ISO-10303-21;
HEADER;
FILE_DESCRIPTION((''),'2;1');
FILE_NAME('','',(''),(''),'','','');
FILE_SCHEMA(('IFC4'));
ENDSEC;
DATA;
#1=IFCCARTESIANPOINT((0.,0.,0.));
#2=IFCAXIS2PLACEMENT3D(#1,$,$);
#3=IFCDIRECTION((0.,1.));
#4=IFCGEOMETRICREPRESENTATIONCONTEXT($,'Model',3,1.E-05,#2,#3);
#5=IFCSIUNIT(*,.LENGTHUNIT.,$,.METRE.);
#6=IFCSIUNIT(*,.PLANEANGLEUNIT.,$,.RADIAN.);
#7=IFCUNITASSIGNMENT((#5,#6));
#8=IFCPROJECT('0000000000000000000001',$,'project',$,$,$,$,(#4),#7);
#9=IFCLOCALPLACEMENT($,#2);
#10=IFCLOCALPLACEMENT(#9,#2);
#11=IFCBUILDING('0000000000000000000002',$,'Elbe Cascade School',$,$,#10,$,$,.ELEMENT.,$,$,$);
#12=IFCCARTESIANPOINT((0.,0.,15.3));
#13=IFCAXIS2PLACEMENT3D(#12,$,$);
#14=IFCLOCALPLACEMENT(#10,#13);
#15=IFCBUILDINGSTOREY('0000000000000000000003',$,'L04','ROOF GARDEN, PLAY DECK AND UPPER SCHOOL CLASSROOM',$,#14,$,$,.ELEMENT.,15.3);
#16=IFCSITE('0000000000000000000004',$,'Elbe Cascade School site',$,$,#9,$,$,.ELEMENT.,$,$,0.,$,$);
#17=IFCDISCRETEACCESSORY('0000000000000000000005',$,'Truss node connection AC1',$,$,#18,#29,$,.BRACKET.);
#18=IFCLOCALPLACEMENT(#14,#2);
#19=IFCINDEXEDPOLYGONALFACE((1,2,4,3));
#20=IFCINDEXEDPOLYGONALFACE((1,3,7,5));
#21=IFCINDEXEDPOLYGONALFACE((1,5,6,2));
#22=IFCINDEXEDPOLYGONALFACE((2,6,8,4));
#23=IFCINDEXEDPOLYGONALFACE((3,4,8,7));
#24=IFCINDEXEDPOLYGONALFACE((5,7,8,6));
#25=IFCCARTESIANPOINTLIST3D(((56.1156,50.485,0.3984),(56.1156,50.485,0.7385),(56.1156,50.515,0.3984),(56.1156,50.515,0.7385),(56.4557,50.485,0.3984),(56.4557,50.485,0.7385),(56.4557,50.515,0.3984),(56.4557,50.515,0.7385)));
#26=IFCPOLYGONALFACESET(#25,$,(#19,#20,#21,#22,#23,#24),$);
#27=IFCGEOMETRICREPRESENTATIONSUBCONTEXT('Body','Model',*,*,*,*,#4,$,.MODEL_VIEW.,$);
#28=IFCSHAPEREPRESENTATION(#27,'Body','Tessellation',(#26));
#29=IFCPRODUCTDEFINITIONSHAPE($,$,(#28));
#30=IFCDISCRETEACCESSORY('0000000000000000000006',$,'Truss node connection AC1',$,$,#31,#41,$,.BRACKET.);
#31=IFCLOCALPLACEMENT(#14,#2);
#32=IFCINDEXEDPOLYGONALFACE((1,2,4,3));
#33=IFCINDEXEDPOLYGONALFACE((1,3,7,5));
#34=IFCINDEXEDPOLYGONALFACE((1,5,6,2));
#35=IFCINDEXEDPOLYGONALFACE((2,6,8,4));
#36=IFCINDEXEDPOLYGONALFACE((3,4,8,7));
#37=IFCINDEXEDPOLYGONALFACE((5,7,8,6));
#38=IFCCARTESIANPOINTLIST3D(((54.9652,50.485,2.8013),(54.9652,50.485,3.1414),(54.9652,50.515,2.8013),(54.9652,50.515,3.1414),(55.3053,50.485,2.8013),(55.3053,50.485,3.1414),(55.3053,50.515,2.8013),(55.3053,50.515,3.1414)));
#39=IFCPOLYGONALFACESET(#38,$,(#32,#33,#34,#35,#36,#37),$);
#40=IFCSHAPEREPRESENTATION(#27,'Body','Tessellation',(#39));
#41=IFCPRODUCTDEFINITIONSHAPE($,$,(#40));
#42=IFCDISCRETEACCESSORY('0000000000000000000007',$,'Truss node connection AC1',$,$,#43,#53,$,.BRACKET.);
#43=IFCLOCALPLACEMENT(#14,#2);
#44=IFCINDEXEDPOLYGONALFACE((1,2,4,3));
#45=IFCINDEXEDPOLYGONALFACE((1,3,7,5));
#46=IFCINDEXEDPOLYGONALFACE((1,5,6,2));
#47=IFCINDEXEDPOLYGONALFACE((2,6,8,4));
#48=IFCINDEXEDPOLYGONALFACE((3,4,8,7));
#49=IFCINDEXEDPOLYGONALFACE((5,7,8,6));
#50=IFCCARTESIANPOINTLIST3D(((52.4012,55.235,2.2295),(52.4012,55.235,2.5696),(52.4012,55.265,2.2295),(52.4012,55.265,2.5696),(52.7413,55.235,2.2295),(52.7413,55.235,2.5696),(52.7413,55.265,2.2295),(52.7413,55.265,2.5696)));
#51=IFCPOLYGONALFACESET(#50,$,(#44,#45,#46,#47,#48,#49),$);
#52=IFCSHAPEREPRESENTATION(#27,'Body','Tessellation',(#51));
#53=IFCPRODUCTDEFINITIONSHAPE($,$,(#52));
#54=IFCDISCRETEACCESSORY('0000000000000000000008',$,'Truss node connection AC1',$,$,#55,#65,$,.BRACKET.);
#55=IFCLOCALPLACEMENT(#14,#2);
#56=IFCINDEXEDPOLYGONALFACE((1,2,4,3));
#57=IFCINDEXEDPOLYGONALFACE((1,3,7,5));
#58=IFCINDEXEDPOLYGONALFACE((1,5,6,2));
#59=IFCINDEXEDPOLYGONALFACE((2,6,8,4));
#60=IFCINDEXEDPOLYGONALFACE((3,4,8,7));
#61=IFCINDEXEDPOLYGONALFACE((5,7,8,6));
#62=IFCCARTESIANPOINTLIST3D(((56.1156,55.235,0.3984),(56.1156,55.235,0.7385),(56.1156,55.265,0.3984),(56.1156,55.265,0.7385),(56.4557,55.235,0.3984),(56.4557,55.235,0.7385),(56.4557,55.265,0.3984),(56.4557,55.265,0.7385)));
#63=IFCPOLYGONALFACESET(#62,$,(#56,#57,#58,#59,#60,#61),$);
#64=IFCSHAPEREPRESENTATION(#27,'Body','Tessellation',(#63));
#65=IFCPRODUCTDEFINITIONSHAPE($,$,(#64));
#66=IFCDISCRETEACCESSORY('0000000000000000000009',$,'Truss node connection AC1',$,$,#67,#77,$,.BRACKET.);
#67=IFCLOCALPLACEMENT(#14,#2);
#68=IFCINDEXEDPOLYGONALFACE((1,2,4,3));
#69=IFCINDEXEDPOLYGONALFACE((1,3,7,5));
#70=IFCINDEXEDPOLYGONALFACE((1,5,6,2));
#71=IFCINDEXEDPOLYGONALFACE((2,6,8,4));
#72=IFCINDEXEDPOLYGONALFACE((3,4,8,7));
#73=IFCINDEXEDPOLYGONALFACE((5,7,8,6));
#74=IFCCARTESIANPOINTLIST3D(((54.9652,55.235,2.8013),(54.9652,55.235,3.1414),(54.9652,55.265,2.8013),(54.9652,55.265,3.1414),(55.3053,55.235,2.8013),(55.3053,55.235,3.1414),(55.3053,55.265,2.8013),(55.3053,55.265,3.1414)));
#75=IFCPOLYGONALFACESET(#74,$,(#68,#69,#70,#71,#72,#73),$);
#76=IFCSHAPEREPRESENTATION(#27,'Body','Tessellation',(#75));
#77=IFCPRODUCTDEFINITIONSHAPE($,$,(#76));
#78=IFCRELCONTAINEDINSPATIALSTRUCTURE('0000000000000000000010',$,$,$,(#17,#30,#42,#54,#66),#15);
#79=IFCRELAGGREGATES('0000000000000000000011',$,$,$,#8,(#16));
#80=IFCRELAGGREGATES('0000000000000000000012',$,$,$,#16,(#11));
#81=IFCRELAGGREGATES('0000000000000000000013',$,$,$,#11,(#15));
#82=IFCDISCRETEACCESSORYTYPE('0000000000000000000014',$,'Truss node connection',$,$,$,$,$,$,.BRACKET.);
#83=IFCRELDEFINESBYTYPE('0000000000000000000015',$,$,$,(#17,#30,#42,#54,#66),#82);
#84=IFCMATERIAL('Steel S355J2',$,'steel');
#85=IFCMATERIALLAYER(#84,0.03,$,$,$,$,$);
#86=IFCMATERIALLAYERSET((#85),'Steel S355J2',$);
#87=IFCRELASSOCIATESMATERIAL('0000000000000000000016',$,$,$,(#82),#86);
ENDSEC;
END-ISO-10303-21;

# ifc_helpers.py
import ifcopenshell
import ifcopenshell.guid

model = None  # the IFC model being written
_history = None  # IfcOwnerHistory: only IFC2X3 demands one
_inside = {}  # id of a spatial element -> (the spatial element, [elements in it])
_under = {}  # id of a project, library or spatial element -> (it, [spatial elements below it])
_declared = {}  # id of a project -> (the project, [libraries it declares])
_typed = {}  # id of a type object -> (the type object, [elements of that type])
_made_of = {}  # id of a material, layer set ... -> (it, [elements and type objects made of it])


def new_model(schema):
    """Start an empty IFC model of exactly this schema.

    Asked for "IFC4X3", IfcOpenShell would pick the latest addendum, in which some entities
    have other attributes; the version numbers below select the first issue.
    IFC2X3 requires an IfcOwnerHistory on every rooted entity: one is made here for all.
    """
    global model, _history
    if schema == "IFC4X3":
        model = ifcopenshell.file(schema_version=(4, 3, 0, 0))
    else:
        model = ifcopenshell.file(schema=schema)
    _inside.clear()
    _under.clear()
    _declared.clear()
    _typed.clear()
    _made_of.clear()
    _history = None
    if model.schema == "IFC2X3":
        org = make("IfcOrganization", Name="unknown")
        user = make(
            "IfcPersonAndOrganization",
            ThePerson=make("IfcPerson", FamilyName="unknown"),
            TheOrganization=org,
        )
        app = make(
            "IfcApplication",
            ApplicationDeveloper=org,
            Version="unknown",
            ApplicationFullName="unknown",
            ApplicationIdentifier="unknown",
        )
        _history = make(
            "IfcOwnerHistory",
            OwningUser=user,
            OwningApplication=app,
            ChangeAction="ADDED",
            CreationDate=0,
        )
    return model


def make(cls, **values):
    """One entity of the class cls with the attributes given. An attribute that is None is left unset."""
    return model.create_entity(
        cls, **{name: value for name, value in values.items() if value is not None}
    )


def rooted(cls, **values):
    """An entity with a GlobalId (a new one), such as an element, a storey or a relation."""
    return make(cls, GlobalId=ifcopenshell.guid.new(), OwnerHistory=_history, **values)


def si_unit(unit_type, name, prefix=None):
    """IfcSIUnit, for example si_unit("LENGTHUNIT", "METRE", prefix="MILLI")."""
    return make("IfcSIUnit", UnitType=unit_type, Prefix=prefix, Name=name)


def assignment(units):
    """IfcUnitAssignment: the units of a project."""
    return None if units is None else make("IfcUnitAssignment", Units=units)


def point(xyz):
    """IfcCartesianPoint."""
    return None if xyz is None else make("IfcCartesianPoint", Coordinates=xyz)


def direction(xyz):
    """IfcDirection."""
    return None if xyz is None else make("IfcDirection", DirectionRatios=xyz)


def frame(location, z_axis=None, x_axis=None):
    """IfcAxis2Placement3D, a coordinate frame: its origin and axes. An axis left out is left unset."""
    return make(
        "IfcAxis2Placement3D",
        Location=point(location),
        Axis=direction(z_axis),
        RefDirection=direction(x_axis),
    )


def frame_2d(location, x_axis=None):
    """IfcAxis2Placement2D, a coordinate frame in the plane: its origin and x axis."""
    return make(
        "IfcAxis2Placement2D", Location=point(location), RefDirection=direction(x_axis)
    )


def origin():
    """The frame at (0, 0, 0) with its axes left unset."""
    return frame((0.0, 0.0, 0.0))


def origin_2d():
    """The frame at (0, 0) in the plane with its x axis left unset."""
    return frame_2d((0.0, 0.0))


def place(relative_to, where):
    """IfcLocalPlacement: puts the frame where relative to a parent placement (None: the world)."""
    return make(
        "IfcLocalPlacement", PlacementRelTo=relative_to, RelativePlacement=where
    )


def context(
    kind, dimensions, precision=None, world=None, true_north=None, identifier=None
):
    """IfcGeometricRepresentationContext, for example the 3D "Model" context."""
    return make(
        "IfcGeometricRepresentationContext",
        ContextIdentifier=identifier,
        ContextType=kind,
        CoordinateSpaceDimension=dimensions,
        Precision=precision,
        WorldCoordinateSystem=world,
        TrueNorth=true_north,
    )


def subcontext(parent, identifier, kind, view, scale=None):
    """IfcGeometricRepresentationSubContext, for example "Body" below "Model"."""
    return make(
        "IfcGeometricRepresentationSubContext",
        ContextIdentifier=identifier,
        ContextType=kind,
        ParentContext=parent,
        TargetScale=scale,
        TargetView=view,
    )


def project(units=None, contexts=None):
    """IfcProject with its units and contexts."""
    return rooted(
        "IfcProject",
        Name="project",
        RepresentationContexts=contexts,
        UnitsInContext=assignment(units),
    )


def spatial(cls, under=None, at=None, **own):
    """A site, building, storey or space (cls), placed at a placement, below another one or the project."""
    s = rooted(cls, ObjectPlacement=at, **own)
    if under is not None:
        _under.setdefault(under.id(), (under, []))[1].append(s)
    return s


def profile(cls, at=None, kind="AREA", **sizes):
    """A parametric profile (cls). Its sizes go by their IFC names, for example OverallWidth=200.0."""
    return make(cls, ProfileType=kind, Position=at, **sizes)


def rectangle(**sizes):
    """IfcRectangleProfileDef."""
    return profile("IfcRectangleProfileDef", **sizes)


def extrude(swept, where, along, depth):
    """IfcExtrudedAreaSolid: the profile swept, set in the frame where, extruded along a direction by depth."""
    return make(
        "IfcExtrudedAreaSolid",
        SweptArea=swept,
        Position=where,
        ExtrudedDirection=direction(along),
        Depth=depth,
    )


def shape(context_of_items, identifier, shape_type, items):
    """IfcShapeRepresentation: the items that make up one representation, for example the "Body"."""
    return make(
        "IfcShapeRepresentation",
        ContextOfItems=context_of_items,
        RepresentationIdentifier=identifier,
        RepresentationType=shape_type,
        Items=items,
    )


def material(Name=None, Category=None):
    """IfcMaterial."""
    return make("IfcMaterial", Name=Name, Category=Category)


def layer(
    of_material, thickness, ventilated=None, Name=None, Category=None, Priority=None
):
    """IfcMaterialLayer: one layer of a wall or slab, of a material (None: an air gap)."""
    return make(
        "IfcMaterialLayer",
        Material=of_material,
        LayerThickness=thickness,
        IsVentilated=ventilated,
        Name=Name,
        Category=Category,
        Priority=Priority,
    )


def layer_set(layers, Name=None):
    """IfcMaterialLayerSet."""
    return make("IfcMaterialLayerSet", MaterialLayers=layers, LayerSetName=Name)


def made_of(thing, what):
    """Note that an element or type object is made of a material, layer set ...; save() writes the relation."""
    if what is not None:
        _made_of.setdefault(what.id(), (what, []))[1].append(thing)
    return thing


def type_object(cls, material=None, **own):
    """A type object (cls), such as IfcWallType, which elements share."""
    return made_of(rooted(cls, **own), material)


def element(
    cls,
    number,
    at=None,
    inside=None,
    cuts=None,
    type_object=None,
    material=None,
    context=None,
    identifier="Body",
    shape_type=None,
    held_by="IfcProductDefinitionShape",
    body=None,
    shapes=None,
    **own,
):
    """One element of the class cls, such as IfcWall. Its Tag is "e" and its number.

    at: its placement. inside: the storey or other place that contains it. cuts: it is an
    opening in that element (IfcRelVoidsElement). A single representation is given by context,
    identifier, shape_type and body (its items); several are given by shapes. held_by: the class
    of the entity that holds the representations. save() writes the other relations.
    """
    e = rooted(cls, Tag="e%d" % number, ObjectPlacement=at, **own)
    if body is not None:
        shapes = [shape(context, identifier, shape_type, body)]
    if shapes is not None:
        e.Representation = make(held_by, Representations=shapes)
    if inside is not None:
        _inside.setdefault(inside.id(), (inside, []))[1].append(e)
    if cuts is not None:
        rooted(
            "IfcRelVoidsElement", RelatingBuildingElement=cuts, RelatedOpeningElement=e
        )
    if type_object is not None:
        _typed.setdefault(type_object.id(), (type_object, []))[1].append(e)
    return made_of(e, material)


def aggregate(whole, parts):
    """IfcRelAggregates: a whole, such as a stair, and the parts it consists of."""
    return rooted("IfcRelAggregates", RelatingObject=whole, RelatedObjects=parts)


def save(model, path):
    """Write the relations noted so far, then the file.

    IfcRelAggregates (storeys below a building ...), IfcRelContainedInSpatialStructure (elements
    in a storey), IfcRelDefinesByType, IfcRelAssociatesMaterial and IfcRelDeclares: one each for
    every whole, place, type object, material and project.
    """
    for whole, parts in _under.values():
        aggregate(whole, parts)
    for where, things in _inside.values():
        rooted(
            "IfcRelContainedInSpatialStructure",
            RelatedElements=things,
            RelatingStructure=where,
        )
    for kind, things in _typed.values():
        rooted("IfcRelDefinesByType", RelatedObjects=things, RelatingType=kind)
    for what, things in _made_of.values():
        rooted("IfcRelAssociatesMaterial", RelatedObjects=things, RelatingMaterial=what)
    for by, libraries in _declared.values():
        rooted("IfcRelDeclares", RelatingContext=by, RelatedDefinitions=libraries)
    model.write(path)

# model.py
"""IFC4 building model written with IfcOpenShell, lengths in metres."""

from ifc_helpers import new_model, si_unit, direction, frame, origin, origin_2d, place, context, subcontext, project, spatial, rectangle, extrude, material, layer, layer_set, type_object, element, save


model = new_model("IFC4")

# Units and contexts
model_context = context("Model", 3, precision=1e-05, world=origin(), true_north=direction((0.0, 1.0)))
body_context = subcontext(model_context, "Body", "Model", "MODEL_VIEW")
ifc_project = project(units=[si_unit("LENGTHUNIT", "METRE"), si_unit("PLANEANGLEUNIT", "RADIAN")], contexts=[model_context])

# Site, building, storey
site_placement = place(None, origin())
site = spatial("IfcSite", under=ifc_project, at=site_placement, Name="Elbe Cascade School site", CompositionType="ELEMENT", RefElevation=0.0)
building_placement = place(site_placement, origin())
building = spatial("IfcBuilding", under=site, at=building_placement, Name="Elbe Cascade School", CompositionType="ELEMENT")
storey_placement = place(building_placement, frame((0.0, 0.0, 15.3)))
storey = spatial("IfcBuildingStorey", under=building, at=storey_placement, Name="L04", Description="ROOF GARDEN, PLAY DECK AND UPPER SCHOOL CLASSROOM", CompositionType="ELEMENT", Elevation=15.3)

# Discrete accessories
ifc_material_1 = material(Name="Steel S355J2", Category="steel")
ifc_layer = layer(ifc_material_1, 0.03)
ifc_layer_set = layer_set([ifc_layer], Name="Steel S355J2")
discrete_accessory_type = type_object("IfcDiscreteAccessoryType", Name="Truss node connection", PredefinedType="BRACKET", material=ifc_layer_set)
for number, where, z_axis, x_axis, name in (
    (1, (56.2856, 50.5, 0.3984), (0.0, 0.0, 1.0), (1.0, 0.0, 0.0), "Truss node connection AC1"),
    (2, (55.1353, 50.5, 2.8013), (0.0, 0.0, 1.0), (1.0, 0.0, 0.0), "Truss node connection AC1"),
    (3, (52.5713, 55.25, 2.2295), (0.0, 0.0, 1.0), (1.0, 0.0, 0.0), "Truss node connection AC1"),
    (4, (56.2856, 55.25, 0.3984), (0.0, 0.0, 1.0), (1.0, 0.0, 0.0), "Truss node connection AC1"),
    (5, (55.1353, 55.25, 2.8013), (0.0, 0.0, 1.0), (1.0, 0.0, 0.0), "Truss node connection AC1"),
):
    element("IfcDiscreteAccessory", number, at=place(storey_placement, frame(where, z_axis=z_axis, x_axis=x_axis)), inside=storey, type_object=discrete_accessory_type, Name=name, PredefinedType="BRACKET", context=body_context, shape_type="SweptSolid", body=[
        extrude(rectangle(XDim=0.3401, YDim=0.03, at=origin_2d()), origin(), (0.0, 0.0, 1.0), 0.3401),
    ])

save(model, "model.ifc")
